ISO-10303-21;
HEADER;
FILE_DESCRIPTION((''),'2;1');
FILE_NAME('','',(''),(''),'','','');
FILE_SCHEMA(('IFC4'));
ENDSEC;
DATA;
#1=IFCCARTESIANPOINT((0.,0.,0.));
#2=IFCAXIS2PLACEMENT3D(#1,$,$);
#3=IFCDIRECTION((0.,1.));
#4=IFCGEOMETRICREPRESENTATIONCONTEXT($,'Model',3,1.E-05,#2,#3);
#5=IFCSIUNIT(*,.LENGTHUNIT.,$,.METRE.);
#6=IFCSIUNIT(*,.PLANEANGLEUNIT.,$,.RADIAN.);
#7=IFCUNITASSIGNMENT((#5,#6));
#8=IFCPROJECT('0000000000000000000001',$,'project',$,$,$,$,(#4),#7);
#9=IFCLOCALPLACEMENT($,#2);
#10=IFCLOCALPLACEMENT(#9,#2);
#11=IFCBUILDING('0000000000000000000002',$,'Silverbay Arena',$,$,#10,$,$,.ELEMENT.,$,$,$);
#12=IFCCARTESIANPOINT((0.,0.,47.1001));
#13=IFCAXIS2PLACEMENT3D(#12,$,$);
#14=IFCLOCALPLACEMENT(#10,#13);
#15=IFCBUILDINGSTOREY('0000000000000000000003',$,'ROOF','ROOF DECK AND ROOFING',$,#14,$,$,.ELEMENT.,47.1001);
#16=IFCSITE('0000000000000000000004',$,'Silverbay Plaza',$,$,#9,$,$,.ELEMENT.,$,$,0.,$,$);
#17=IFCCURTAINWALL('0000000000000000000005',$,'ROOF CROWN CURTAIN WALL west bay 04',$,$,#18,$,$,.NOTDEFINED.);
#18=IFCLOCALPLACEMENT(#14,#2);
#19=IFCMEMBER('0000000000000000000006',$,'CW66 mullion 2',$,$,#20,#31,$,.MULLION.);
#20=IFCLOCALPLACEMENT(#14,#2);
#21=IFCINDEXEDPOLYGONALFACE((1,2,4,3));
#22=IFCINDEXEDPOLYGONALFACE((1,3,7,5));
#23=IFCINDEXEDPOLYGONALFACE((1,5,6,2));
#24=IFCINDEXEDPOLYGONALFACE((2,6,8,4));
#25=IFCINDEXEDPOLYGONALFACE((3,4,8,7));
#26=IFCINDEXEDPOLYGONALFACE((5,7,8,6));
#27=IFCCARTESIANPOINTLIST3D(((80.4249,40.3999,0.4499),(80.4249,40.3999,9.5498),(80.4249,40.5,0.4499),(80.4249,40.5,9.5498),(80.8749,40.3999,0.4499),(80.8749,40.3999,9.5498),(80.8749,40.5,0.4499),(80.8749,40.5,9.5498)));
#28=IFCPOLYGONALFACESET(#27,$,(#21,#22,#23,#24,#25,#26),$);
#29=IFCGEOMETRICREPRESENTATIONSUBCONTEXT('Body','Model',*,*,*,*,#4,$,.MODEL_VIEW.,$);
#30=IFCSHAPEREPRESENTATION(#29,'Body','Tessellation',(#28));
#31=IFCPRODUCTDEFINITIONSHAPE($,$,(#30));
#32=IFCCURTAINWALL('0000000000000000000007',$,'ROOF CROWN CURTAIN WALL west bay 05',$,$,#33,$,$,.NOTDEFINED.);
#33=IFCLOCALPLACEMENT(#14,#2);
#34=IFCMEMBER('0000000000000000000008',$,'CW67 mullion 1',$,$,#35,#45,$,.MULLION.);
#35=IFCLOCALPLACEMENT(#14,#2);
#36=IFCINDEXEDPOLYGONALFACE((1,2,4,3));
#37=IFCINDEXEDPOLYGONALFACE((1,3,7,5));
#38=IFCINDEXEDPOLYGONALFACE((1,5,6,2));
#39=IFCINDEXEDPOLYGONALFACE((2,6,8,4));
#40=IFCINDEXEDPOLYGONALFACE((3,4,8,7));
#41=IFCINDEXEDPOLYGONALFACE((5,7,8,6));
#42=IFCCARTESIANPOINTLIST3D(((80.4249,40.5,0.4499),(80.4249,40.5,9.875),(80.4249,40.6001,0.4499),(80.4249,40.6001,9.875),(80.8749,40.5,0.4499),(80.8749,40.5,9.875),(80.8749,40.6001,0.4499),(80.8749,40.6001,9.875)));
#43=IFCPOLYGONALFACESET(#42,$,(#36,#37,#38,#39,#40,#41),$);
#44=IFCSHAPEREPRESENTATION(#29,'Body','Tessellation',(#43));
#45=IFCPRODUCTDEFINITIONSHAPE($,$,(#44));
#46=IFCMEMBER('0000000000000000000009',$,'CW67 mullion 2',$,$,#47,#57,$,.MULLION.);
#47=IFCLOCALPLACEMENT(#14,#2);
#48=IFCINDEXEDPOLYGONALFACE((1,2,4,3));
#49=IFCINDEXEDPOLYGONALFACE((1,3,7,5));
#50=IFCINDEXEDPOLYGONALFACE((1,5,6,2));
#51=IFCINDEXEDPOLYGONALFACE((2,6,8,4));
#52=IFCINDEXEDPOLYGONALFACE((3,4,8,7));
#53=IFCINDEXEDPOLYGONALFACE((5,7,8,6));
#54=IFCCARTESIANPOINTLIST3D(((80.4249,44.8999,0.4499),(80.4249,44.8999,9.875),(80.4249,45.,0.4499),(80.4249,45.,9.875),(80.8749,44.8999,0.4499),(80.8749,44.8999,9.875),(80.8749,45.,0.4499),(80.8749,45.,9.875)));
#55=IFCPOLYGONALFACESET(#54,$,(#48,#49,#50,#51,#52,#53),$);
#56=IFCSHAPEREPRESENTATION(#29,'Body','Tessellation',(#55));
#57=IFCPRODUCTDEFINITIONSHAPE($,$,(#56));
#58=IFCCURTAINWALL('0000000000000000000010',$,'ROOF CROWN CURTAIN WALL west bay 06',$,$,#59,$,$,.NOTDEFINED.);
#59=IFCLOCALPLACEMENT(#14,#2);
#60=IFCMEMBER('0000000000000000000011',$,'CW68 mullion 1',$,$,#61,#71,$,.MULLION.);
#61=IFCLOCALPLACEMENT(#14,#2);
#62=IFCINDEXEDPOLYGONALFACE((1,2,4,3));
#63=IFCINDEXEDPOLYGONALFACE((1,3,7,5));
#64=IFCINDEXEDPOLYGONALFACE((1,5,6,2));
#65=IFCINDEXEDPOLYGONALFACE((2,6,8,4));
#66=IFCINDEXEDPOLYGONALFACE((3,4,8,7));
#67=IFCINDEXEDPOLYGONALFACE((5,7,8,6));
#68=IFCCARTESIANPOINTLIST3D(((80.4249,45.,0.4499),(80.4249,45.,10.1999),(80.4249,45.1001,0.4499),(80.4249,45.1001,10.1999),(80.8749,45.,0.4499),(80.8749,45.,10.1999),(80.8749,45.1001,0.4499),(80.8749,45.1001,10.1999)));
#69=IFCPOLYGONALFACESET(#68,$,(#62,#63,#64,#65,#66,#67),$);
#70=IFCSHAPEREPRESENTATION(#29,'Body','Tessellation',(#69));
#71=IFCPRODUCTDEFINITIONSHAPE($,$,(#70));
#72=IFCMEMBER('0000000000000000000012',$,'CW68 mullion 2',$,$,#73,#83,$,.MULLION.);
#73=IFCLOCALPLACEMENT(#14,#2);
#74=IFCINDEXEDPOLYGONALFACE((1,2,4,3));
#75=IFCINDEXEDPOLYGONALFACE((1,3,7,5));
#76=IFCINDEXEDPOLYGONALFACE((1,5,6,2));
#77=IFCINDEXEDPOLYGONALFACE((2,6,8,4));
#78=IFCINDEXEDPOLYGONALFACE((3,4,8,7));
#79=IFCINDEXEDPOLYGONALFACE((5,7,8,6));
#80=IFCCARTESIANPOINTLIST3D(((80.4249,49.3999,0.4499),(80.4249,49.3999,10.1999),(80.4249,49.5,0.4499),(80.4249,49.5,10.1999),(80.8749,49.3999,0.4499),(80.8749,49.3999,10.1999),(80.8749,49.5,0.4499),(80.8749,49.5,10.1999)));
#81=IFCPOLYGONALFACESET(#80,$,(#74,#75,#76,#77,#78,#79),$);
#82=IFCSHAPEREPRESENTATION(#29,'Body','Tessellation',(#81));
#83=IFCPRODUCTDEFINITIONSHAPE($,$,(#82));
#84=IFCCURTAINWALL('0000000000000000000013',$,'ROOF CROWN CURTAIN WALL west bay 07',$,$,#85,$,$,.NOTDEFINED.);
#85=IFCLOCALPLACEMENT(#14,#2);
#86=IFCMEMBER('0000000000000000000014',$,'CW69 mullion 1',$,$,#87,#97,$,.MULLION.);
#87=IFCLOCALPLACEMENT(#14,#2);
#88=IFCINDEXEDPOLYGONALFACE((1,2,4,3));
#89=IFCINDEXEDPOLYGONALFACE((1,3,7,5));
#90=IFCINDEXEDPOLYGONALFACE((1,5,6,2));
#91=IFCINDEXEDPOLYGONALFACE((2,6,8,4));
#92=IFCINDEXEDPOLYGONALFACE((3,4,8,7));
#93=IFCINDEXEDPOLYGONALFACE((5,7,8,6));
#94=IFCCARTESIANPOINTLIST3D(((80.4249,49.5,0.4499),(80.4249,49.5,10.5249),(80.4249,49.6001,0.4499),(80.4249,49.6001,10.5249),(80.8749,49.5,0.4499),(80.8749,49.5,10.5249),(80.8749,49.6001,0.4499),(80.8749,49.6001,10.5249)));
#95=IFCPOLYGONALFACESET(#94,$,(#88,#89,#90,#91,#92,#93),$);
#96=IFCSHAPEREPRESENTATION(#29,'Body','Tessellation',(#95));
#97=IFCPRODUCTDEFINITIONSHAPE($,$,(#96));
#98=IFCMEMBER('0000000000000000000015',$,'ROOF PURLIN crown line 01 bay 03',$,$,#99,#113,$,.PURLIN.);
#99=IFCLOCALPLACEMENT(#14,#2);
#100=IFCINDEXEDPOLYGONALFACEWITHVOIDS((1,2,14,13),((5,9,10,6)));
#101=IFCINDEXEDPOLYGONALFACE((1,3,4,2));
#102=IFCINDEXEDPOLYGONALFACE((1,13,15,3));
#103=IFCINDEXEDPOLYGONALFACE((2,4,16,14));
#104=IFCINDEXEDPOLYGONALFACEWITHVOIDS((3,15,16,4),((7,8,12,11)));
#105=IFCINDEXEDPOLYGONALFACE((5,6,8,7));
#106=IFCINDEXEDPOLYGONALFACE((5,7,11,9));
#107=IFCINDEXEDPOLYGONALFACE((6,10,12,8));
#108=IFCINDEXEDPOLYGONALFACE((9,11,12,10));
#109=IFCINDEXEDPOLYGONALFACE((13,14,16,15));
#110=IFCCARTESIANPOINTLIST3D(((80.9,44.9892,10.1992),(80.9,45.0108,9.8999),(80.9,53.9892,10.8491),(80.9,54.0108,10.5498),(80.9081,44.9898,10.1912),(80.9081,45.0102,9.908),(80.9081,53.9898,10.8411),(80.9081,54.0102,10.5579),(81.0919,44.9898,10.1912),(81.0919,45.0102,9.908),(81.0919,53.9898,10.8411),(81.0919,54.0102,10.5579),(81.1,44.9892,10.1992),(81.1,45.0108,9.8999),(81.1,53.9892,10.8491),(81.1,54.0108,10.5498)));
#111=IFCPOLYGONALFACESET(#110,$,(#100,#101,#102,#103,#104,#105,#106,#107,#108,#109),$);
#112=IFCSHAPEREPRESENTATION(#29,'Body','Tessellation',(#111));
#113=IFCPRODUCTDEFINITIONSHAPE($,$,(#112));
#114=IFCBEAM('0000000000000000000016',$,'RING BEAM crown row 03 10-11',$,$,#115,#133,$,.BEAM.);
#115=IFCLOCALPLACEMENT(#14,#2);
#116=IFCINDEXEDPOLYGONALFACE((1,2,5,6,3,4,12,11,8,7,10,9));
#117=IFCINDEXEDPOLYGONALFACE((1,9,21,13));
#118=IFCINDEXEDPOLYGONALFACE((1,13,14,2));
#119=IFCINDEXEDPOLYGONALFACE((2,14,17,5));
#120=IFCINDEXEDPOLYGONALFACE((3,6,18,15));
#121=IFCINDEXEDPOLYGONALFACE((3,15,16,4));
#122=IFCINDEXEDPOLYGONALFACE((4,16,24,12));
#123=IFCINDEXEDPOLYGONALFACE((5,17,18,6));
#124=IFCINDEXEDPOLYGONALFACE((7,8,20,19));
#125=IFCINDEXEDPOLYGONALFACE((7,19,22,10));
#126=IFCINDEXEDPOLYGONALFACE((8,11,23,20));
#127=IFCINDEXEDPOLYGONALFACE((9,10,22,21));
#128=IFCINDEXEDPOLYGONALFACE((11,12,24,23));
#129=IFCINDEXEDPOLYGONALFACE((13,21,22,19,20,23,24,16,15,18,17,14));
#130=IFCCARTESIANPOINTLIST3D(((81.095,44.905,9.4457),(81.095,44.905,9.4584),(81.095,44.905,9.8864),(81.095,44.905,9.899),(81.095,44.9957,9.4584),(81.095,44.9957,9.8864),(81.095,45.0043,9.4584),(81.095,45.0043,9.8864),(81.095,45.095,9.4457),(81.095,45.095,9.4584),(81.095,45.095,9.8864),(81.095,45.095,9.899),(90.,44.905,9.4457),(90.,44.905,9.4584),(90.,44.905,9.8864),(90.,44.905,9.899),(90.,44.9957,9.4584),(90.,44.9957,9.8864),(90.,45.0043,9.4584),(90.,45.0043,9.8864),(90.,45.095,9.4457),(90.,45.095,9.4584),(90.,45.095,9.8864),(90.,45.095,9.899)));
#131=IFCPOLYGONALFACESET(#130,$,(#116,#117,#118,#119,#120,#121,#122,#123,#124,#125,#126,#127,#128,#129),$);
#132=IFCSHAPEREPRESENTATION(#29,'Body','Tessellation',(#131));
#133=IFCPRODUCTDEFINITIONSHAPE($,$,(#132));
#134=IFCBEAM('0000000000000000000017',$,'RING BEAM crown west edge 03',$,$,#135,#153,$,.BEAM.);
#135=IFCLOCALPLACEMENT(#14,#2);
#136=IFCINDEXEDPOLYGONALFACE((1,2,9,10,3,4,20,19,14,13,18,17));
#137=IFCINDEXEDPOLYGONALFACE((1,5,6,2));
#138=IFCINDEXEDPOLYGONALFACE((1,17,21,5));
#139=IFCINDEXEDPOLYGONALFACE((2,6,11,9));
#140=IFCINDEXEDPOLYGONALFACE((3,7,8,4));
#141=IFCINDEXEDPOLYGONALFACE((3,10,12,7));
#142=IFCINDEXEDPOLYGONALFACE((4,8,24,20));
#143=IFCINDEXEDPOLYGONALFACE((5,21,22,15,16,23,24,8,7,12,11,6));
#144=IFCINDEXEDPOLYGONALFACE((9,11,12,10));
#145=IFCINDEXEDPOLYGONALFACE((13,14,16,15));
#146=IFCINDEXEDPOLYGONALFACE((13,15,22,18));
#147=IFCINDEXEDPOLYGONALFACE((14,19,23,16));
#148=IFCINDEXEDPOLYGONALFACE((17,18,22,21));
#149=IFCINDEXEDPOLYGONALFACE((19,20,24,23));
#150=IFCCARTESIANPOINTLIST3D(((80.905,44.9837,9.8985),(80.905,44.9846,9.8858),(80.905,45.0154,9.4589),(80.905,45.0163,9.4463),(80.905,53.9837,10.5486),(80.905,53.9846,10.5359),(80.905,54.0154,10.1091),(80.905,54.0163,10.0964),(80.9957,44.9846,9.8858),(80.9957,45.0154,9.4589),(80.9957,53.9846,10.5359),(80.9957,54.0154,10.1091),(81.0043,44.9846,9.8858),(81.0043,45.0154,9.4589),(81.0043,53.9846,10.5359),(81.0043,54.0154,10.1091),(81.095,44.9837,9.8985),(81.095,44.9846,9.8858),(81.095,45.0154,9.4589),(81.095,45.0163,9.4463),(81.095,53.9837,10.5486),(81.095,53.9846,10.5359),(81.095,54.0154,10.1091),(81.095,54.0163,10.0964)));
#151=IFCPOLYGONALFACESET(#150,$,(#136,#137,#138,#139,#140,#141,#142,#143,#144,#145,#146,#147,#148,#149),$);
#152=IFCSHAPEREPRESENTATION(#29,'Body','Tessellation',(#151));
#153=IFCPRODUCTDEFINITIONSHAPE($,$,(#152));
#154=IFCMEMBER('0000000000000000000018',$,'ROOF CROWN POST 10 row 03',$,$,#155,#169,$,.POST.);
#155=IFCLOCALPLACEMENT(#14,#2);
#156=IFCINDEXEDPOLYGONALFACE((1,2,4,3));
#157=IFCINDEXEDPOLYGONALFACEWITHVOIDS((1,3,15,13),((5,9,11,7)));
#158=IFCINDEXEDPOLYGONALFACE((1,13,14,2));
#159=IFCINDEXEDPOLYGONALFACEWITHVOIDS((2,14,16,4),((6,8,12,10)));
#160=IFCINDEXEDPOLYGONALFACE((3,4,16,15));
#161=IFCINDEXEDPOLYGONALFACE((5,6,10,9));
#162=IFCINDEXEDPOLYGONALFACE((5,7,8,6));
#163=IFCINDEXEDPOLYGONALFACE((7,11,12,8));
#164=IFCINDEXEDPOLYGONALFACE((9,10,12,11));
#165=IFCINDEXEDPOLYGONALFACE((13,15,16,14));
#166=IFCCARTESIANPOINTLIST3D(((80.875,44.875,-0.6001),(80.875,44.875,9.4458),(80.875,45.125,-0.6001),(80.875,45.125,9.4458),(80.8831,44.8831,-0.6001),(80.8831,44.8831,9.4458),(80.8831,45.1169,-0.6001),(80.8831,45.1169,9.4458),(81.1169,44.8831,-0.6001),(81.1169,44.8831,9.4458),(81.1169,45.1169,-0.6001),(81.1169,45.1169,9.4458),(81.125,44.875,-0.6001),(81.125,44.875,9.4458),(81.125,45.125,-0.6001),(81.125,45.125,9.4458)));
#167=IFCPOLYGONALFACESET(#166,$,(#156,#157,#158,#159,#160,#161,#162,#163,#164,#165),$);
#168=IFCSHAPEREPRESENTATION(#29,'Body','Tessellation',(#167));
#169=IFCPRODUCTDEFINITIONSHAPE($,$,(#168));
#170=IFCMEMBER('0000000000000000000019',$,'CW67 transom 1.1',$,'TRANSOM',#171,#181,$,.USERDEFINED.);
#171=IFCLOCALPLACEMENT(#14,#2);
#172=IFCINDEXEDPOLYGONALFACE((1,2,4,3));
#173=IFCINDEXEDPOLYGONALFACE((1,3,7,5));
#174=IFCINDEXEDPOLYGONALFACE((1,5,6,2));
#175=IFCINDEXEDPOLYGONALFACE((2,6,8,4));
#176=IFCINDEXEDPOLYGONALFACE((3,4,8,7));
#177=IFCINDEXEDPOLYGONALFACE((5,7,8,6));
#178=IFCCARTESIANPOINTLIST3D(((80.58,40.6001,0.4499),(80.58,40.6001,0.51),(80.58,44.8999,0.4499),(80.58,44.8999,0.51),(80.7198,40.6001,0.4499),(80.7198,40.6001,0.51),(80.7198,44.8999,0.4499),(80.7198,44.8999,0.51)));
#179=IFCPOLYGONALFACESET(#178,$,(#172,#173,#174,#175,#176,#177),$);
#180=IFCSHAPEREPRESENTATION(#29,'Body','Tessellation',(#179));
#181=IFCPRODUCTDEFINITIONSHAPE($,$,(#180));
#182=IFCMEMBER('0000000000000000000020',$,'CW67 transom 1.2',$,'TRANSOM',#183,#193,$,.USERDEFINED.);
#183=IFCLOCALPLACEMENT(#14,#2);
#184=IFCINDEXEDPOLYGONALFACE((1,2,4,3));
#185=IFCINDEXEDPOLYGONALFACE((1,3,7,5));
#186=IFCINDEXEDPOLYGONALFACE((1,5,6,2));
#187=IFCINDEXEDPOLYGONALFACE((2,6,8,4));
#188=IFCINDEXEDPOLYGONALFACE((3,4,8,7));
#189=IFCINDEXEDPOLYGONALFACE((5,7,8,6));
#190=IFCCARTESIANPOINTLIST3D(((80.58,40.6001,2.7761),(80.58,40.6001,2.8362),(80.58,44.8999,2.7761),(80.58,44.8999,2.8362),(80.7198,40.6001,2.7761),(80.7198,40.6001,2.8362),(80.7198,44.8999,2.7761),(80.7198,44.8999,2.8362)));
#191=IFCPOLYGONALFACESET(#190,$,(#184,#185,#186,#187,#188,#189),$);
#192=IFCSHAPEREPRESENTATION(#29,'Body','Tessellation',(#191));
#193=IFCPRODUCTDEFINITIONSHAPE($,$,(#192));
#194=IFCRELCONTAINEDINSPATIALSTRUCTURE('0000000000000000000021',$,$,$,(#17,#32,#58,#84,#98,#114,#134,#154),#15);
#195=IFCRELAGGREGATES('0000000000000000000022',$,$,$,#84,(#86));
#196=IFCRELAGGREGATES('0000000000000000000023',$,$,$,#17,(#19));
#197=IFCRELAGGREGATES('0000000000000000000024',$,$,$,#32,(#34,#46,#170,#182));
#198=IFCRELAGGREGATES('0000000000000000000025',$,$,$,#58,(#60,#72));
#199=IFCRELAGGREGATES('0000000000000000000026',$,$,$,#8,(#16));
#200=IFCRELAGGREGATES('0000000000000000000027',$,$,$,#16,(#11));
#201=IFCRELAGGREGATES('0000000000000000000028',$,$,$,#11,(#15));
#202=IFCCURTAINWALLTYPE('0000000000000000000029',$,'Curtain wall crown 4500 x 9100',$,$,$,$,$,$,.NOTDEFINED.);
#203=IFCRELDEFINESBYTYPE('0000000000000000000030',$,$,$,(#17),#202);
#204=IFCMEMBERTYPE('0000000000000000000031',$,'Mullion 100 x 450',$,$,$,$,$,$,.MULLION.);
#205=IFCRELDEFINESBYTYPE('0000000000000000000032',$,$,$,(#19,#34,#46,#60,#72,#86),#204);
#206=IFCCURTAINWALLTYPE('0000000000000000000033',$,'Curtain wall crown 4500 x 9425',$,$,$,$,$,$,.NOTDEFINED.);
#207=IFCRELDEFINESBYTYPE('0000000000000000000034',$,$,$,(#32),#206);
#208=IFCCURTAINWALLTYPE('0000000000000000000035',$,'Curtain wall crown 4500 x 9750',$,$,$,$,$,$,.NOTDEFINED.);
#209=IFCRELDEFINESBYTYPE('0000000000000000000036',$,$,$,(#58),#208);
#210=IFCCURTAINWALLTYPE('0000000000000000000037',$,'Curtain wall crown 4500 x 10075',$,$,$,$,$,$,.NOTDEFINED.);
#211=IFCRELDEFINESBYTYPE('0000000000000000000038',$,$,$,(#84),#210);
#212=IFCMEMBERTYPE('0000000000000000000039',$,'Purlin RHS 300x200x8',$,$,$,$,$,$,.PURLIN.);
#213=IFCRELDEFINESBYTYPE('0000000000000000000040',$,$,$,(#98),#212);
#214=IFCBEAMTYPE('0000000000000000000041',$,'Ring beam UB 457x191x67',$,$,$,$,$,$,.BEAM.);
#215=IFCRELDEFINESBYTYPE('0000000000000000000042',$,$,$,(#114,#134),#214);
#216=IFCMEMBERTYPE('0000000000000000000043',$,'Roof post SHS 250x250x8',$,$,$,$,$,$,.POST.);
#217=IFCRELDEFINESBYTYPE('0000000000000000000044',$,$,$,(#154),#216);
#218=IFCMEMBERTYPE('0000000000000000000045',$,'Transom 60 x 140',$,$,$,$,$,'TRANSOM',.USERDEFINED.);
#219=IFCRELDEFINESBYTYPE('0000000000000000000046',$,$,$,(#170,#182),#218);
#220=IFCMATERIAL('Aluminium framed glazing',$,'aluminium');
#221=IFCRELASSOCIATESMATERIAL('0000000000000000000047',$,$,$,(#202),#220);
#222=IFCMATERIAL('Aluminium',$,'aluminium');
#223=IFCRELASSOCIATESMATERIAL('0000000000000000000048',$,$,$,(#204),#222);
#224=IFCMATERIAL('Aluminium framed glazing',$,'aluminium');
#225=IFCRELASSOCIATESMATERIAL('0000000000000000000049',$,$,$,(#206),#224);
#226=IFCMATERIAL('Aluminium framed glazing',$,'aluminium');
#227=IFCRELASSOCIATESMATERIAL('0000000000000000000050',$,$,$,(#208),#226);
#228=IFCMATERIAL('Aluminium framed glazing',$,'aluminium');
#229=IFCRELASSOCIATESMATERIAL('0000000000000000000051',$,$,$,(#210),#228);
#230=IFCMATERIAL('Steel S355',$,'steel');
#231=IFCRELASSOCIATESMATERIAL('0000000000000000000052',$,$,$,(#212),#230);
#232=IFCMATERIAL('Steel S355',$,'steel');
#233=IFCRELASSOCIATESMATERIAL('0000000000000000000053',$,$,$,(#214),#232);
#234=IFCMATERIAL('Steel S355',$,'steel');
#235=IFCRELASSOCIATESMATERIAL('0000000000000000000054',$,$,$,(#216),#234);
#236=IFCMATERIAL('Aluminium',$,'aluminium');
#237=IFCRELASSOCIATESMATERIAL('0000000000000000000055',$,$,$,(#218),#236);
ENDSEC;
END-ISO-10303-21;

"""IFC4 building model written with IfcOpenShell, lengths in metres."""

from ifc_helpers import new_model, si_unit, direction, frame, origin, origin_2d, place, context, subcontext, project, spatial, rectangle, hollow_rectangle, i_section, extrude, material, material_profile, profile_set, type_object, element, aggregate, save


model = new_model("IFC4")

# Units and contexts
model_context = context("Model", 3, precision=1e-05, world=origin(), true_north=direction((0.0, 1.0)))
body_context = subcontext(model_context, "Body", "Model", "MODEL_VIEW")
ifc_project = project(units=[si_unit("LENGTHUNIT", "METRE"), si_unit("PLANEANGLEUNIT", "RADIAN")], contexts=[model_context])

# Site, building, storey
site_placement = place(None, origin())
site = spatial("IfcSite", under=ifc_project, at=site_placement, Name="Silverbay Plaza", CompositionType="ELEMENT", RefElevation=0.0)
building_placement = place(site_placement, origin())
building = spatial("IfcBuilding", under=site, at=building_placement, Name="Silverbay Arena", CompositionType="ELEMENT")
storey_placement = place(building_placement, frame((0.0, 0.0, 47.1001)))
storey = spatial("IfcBuildingStorey", under=building, at=storey_placement, Name="ROOF", Description="ROOF DECK AND ROOFING", CompositionType="ELEMENT", Elevation=47.1001)

# Curtain wall, member
ifc_material_1 = material(Name="Aluminium framed glazing", Category="aluminium")
curtain_wall_type_1 = type_object("IfcCurtainWallType", Name="Curtain wall crown 4500 x 9100", PredefinedType="NOTDEFINED", material=ifc_material_1)
curtain_wall_1_placement = place(storey_placement, origin())
curtain_wall_1 = element("IfcCurtainWall", 1, at=curtain_wall_1_placement, inside=storey, type_object=curtain_wall_type_1, Name="ROOF CROWN CURTAIN WALL west bay 04", PredefinedType="NOTDEFINED")
ifc_material_2 = material(Name="Aluminium", Category="aluminium")
ifc_material_profile_1 = material_profile(ifc_material_2, rectangle(XDim=0.45, YDim=0.1001, at=origin_2d()), Name="Mullion 100 x 450")
ifc_profile_set_1 = profile_set([ifc_material_profile_1], Name="Aluminium")
member_type_1 = type_object("IfcMemberType", Name="Mullion 100 x 450", PredefinedType="MULLION", material=ifc_profile_set_1)
placement = place(building_placement, frame((0.0, 0.0, 33.5)))
member_1_placement = place(placement, frame((80.6499, 40.45, 14.05), z_axis=(0.0, 0.0, 1.0), x_axis=(-1.0, 0.0, 0.0)))
member_1 = element("IfcMember", 2, at=member_1_placement, type_object=member_type_1, Name="CW66 mullion 2", PredefinedType="MULLION", context=body_context, shape_type="SweptSolid", body=[
    extrude(rectangle(XDim=0.45, YDim=0.1001, at=origin_2d()), origin(), (0.0, 0.0, 1.0), 9.0999),
])

# Curtain walls, members
ifc_material_3 = material(Name="Aluminium framed glazing", Category="aluminium")
curtain_wall_type_2 = type_object("IfcCurtainWallType", Name="Curtain wall crown 4500 x 9425", PredefinedType="NOTDEFINED", material=ifc_material_3)
curtain_wall_2_placement = place(storey_placement, origin())
curtain_wall_2 = element("IfcCurtainWall", 3, at=curtain_wall_2_placement, inside=storey, type_object=curtain_wall_type_2, Name="ROOF CROWN CURTAIN WALL west bay 05", PredefinedType="NOTDEFINED")
member_2_placement = place(placement, frame((80.6499, 40.55, 14.05), z_axis=(0.0, 0.0, 1.0), x_axis=(-1.0, 0.0, 0.0)))
member_2 = element("IfcMember", 4, at=member_2_placement, type_object=member_type_1, Name="CW67 mullion 1", PredefinedType="MULLION", context=body_context, shape_type="SweptSolid", body=[
    extrude(rectangle(XDim=0.45, YDim=0.1001, at=origin_2d()), origin(), (0.0, 0.0, 1.0), 9.425),
])
member_3_placement = place(placement, frame((80.6499, 44.95, 14.05), z_axis=(0.0, 0.0, 1.0), x_axis=(-1.0, 0.0, 0.0)))
member_3 = element("IfcMember", 5, at=member_3_placement, type_object=member_type_1, Name="CW67 mullion 2", PredefinedType="MULLION", context=body_context, shape_type="SweptSolid", body=[
    extrude(rectangle(XDim=0.45, YDim=0.1001, at=origin_2d()), origin(), (0.0, 0.0, 1.0), 9.425),
])
ifc_material_4 = material(Name="Aluminium framed glazing", Category="aluminium")
curtain_wall_type_3 = type_object("IfcCurtainWallType", Name="Curtain wall crown 4500 x 9750", PredefinedType="NOTDEFINED", material=ifc_material_4)
curtain_wall_3_placement = place(storey_placement, origin())
curtain_wall_3 = element("IfcCurtainWall", 6, at=curtain_wall_3_placement, inside=storey, type_object=curtain_wall_type_3, Name="ROOF CROWN CURTAIN WALL west bay 06", PredefinedType="NOTDEFINED")
member_4_placement = place(placement, frame((80.6499, 45.05, 14.05), z_axis=(0.0, 0.0, 1.0), x_axis=(-1.0, 0.0, 0.0)))
member_4 = element("IfcMember", 7, at=member_4_placement, type_object=member_type_1, Name="CW68 mullion 1", PredefinedType="MULLION", context=body_context, shape_type="SweptSolid", body=[
    extrude(rectangle(XDim=0.45, YDim=0.1001, at=origin_2d()), origin(), (0.0, 0.0, 1.0), 9.75),
])
member_5_placement = place(placement, frame((80.6499, 49.45, 14.05), z_axis=(0.0, 0.0, 1.0), x_axis=(-1.0, 0.0, 0.0)))
member_5 = element("IfcMember", 8, at=member_5_placement, type_object=member_type_1, Name="CW68 mullion 2", PredefinedType="MULLION", context=body_context, shape_type="SweptSolid", body=[
    extrude(rectangle(XDim=0.45, YDim=0.1001, at=origin_2d()), origin(), (0.0, 0.0, 1.0), 9.75),
])

# Curtain wall, member
ifc_material_5 = material(Name="Aluminium framed glazing", Category="aluminium")
curtain_wall_type_4 = type_object("IfcCurtainWallType", Name="Curtain wall crown 4500 x 10075", PredefinedType="NOTDEFINED", material=ifc_material_5)
curtain_wall_4_placement = place(storey_placement, origin())
curtain_wall_4 = element("IfcCurtainWall", 9, at=curtain_wall_4_placement, inside=storey, type_object=curtain_wall_type_4, Name="ROOF CROWN CURTAIN WALL west bay 07", PredefinedType="NOTDEFINED")
member_6_placement = place(placement, frame((80.6499, 49.55, 14.05), z_axis=(0.0, 0.0, 1.0), x_axis=(-1.0, 0.0, 0.0)))
member_6 = element("IfcMember", 10, at=member_6_placement, type_object=member_type_1, Name="CW69 mullion 1", PredefinedType="MULLION", context=body_context, shape_type="SweptSolid", body=[
    extrude(rectangle(XDim=0.45, YDim=0.1001, at=origin_2d()), origin(), (0.0, 0.0, 1.0), 10.075),
])

# Member
ifc_material_6 = material(Name="Steel S355", Category="steel")
ifc_material_profile_2 = material_profile(ifc_material_6, hollow_rectangle(XDim=0.2, YDim=0.3, WallThickness=0.0081, at=origin_2d()), Name="RHS 300x200x8")
ifc_profile_set_2 = profile_set([ifc_material_profile_2], Name="Steel S355")
member_type_2 = type_object("IfcMemberType", Name="Purlin RHS 300x200x8", PredefinedType="PURLIN", material=ifc_profile_set_2)
member_7_placement = place(storey_placement, frame((81.0, 45.0, 10.0496), z_axis=(0.0, 0.997403, 0.072024), x_axis=(-1.0, 0.0, 0.0)))
element("IfcMember", 11, at=member_7_placement, inside=storey, type_object=member_type_2, Name="ROOF PURLIN crown line 01 bay 03", PredefinedType="PURLIN", context=body_context, shape_type="SweptSolid", body=[
    extrude(hollow_rectangle(XDim=0.2, YDim=0.3, WallThickness=0.0081, at=origin_2d()), origin(), (0.0, 0.0, 1.0), 9.0234),
])

# Beams
ifc_material_7 = material(Name="Steel S355", Category="steel")
ifc_material_profile_3 = material_profile(ifc_material_7, i_section(OverallWidth=0.1899, OverallDepth=0.4534, WebThickness=0.0085, FlangeThickness=0.0127, at=origin_2d()), Name="UB 457x191x67")
ifc_profile_set_3 = profile_set([ifc_material_profile_3], Name="Steel S355")
beam_type = type_object("IfcBeamType", Name="Ring beam UB 457x191x67", PredefinedType="BEAM", material=ifc_profile_set_3)
beam_1_placement = place(storey_placement, frame((81.095, 45.0, 9.6724), z_axis=(1.0, 0.0, 0.0), x_axis=(0.0, 1.0, 0.0)))
element("IfcBeam", 12, at=beam_1_placement, inside=storey, type_object=beam_type, Name="RING BEAM crown row 03 10-11", PredefinedType="BEAM", context=body_context, shape_type="SweptSolid", body=[
    extrude(i_section(OverallWidth=0.1899, OverallDepth=0.4534, WebThickness=0.0085, FlangeThickness=0.0127, at=origin_2d()), origin(), (0.0, 0.0, 1.0), 8.905),
])
beam_2_placement = place(storey_placement, frame((81.0, 45.0, 9.6724), z_axis=(0.0, 0.997401, 0.072051), x_axis=(-1.0, 0.0, 0.0)))
element("IfcBeam", 13, at=beam_2_placement, inside=storey, type_object=beam_type, Name="RING BEAM crown west edge 03", PredefinedType="BEAM", context=body_context, shape_type="SweptSolid", body=[
    extrude(i_section(OverallWidth=0.1899, OverallDepth=0.4534, WebThickness=0.0085, FlangeThickness=0.0127, at=origin_2d()), origin(), (0.0, 0.0, 1.0), 9.0234),
])

# Members
ifc_material_8 = material(Name="Steel S355", Category="steel")
ifc_material_profile_4 = material_profile(ifc_material_8, hollow_rectangle(XDim=0.25, YDim=0.25, WallThickness=0.0081, at=origin_2d()), Name="SHS 250x250x8")
ifc_profile_set_4 = profile_set([ifc_material_profile_4], Name="Steel S355")
member_type_3 = type_object("IfcMemberType", Name="Roof post SHS 250x250x8", PredefinedType="POST", material=ifc_profile_set_4)
member_8_placement = place(storey_placement, frame((81.0, 45.0, -0.6001), z_axis=(0.0, 0.0, 1.0), x_axis=(1.0, 0.0, 0.0)))
element("IfcMember", 14, at=member_8_placement, inside=storey, type_object=member_type_3, Name="ROOF CROWN POST 10 row 03", PredefinedType="POST", context=body_context, shape_type="SweptSolid", body=[
    extrude(hollow_rectangle(XDim=0.25, YDim=0.25, WallThickness=0.0081, at=origin_2d()), origin(), (0.0, 0.0, 1.0), 10.0459),
])
ifc_material_9 = material(Name="Aluminium", Category="aluminium")
ifc_material_profile_5 = material_profile(ifc_material_9, rectangle(XDim=0.1399, YDim=0.0601, at=origin_2d()), Name="Transom 60 x 140")
ifc_profile_set_5 = profile_set([ifc_material_profile_5], Name="Aluminium")
member_type_4 = type_object("IfcMemberType", Name="Transom 60 x 140", ElementType="TRANSOM", PredefinedType="USERDEFINED", material=ifc_profile_set_5)
member_9_placement = place(placement, frame((80.6499, 40.6001, 14.0801), z_axis=(0.0, 1.0, 0.0), x_axis=(-1.0, 0.0, 0.0)))
member_9 = element("IfcMember", 15, at=member_9_placement, type_object=member_type_4, Name="CW67 transom 1.1", ObjectType="TRANSOM", PredefinedType="USERDEFINED", context=body_context, shape_type="SweptSolid", body=[
    extrude(rectangle(XDim=0.1399, YDim=0.0601, at=origin_2d()), origin(), (0.0, 0.0, 1.0), 4.2998),
])
member_10_placement = place(placement, frame((80.6499, 40.6001, 16.4062), z_axis=(0.0, 1.0, 0.0), x_axis=(-1.0, 0.0, 0.0)))
member_10 = element("IfcMember", 16, at=member_10_placement, type_object=member_type_4, Name="CW67 transom 1.2", ObjectType="TRANSOM", PredefinedType="USERDEFINED", context=body_context, shape_type="SweptSolid", body=[
    extrude(rectangle(XDim=0.1399, YDim=0.0601, at=origin_2d()), origin(), (0.0, 0.0, 1.0), 4.2998),
])
aggregate(curtain_wall_4, [member_6])

aggregate(curtain_wall_1, [member_1])
aggregate(curtain_wall_2, [member_2, member_3, member_9, member_10])
aggregate(curtain_wall_3, [member_4, member_5])

save(model, "model.ifc")
